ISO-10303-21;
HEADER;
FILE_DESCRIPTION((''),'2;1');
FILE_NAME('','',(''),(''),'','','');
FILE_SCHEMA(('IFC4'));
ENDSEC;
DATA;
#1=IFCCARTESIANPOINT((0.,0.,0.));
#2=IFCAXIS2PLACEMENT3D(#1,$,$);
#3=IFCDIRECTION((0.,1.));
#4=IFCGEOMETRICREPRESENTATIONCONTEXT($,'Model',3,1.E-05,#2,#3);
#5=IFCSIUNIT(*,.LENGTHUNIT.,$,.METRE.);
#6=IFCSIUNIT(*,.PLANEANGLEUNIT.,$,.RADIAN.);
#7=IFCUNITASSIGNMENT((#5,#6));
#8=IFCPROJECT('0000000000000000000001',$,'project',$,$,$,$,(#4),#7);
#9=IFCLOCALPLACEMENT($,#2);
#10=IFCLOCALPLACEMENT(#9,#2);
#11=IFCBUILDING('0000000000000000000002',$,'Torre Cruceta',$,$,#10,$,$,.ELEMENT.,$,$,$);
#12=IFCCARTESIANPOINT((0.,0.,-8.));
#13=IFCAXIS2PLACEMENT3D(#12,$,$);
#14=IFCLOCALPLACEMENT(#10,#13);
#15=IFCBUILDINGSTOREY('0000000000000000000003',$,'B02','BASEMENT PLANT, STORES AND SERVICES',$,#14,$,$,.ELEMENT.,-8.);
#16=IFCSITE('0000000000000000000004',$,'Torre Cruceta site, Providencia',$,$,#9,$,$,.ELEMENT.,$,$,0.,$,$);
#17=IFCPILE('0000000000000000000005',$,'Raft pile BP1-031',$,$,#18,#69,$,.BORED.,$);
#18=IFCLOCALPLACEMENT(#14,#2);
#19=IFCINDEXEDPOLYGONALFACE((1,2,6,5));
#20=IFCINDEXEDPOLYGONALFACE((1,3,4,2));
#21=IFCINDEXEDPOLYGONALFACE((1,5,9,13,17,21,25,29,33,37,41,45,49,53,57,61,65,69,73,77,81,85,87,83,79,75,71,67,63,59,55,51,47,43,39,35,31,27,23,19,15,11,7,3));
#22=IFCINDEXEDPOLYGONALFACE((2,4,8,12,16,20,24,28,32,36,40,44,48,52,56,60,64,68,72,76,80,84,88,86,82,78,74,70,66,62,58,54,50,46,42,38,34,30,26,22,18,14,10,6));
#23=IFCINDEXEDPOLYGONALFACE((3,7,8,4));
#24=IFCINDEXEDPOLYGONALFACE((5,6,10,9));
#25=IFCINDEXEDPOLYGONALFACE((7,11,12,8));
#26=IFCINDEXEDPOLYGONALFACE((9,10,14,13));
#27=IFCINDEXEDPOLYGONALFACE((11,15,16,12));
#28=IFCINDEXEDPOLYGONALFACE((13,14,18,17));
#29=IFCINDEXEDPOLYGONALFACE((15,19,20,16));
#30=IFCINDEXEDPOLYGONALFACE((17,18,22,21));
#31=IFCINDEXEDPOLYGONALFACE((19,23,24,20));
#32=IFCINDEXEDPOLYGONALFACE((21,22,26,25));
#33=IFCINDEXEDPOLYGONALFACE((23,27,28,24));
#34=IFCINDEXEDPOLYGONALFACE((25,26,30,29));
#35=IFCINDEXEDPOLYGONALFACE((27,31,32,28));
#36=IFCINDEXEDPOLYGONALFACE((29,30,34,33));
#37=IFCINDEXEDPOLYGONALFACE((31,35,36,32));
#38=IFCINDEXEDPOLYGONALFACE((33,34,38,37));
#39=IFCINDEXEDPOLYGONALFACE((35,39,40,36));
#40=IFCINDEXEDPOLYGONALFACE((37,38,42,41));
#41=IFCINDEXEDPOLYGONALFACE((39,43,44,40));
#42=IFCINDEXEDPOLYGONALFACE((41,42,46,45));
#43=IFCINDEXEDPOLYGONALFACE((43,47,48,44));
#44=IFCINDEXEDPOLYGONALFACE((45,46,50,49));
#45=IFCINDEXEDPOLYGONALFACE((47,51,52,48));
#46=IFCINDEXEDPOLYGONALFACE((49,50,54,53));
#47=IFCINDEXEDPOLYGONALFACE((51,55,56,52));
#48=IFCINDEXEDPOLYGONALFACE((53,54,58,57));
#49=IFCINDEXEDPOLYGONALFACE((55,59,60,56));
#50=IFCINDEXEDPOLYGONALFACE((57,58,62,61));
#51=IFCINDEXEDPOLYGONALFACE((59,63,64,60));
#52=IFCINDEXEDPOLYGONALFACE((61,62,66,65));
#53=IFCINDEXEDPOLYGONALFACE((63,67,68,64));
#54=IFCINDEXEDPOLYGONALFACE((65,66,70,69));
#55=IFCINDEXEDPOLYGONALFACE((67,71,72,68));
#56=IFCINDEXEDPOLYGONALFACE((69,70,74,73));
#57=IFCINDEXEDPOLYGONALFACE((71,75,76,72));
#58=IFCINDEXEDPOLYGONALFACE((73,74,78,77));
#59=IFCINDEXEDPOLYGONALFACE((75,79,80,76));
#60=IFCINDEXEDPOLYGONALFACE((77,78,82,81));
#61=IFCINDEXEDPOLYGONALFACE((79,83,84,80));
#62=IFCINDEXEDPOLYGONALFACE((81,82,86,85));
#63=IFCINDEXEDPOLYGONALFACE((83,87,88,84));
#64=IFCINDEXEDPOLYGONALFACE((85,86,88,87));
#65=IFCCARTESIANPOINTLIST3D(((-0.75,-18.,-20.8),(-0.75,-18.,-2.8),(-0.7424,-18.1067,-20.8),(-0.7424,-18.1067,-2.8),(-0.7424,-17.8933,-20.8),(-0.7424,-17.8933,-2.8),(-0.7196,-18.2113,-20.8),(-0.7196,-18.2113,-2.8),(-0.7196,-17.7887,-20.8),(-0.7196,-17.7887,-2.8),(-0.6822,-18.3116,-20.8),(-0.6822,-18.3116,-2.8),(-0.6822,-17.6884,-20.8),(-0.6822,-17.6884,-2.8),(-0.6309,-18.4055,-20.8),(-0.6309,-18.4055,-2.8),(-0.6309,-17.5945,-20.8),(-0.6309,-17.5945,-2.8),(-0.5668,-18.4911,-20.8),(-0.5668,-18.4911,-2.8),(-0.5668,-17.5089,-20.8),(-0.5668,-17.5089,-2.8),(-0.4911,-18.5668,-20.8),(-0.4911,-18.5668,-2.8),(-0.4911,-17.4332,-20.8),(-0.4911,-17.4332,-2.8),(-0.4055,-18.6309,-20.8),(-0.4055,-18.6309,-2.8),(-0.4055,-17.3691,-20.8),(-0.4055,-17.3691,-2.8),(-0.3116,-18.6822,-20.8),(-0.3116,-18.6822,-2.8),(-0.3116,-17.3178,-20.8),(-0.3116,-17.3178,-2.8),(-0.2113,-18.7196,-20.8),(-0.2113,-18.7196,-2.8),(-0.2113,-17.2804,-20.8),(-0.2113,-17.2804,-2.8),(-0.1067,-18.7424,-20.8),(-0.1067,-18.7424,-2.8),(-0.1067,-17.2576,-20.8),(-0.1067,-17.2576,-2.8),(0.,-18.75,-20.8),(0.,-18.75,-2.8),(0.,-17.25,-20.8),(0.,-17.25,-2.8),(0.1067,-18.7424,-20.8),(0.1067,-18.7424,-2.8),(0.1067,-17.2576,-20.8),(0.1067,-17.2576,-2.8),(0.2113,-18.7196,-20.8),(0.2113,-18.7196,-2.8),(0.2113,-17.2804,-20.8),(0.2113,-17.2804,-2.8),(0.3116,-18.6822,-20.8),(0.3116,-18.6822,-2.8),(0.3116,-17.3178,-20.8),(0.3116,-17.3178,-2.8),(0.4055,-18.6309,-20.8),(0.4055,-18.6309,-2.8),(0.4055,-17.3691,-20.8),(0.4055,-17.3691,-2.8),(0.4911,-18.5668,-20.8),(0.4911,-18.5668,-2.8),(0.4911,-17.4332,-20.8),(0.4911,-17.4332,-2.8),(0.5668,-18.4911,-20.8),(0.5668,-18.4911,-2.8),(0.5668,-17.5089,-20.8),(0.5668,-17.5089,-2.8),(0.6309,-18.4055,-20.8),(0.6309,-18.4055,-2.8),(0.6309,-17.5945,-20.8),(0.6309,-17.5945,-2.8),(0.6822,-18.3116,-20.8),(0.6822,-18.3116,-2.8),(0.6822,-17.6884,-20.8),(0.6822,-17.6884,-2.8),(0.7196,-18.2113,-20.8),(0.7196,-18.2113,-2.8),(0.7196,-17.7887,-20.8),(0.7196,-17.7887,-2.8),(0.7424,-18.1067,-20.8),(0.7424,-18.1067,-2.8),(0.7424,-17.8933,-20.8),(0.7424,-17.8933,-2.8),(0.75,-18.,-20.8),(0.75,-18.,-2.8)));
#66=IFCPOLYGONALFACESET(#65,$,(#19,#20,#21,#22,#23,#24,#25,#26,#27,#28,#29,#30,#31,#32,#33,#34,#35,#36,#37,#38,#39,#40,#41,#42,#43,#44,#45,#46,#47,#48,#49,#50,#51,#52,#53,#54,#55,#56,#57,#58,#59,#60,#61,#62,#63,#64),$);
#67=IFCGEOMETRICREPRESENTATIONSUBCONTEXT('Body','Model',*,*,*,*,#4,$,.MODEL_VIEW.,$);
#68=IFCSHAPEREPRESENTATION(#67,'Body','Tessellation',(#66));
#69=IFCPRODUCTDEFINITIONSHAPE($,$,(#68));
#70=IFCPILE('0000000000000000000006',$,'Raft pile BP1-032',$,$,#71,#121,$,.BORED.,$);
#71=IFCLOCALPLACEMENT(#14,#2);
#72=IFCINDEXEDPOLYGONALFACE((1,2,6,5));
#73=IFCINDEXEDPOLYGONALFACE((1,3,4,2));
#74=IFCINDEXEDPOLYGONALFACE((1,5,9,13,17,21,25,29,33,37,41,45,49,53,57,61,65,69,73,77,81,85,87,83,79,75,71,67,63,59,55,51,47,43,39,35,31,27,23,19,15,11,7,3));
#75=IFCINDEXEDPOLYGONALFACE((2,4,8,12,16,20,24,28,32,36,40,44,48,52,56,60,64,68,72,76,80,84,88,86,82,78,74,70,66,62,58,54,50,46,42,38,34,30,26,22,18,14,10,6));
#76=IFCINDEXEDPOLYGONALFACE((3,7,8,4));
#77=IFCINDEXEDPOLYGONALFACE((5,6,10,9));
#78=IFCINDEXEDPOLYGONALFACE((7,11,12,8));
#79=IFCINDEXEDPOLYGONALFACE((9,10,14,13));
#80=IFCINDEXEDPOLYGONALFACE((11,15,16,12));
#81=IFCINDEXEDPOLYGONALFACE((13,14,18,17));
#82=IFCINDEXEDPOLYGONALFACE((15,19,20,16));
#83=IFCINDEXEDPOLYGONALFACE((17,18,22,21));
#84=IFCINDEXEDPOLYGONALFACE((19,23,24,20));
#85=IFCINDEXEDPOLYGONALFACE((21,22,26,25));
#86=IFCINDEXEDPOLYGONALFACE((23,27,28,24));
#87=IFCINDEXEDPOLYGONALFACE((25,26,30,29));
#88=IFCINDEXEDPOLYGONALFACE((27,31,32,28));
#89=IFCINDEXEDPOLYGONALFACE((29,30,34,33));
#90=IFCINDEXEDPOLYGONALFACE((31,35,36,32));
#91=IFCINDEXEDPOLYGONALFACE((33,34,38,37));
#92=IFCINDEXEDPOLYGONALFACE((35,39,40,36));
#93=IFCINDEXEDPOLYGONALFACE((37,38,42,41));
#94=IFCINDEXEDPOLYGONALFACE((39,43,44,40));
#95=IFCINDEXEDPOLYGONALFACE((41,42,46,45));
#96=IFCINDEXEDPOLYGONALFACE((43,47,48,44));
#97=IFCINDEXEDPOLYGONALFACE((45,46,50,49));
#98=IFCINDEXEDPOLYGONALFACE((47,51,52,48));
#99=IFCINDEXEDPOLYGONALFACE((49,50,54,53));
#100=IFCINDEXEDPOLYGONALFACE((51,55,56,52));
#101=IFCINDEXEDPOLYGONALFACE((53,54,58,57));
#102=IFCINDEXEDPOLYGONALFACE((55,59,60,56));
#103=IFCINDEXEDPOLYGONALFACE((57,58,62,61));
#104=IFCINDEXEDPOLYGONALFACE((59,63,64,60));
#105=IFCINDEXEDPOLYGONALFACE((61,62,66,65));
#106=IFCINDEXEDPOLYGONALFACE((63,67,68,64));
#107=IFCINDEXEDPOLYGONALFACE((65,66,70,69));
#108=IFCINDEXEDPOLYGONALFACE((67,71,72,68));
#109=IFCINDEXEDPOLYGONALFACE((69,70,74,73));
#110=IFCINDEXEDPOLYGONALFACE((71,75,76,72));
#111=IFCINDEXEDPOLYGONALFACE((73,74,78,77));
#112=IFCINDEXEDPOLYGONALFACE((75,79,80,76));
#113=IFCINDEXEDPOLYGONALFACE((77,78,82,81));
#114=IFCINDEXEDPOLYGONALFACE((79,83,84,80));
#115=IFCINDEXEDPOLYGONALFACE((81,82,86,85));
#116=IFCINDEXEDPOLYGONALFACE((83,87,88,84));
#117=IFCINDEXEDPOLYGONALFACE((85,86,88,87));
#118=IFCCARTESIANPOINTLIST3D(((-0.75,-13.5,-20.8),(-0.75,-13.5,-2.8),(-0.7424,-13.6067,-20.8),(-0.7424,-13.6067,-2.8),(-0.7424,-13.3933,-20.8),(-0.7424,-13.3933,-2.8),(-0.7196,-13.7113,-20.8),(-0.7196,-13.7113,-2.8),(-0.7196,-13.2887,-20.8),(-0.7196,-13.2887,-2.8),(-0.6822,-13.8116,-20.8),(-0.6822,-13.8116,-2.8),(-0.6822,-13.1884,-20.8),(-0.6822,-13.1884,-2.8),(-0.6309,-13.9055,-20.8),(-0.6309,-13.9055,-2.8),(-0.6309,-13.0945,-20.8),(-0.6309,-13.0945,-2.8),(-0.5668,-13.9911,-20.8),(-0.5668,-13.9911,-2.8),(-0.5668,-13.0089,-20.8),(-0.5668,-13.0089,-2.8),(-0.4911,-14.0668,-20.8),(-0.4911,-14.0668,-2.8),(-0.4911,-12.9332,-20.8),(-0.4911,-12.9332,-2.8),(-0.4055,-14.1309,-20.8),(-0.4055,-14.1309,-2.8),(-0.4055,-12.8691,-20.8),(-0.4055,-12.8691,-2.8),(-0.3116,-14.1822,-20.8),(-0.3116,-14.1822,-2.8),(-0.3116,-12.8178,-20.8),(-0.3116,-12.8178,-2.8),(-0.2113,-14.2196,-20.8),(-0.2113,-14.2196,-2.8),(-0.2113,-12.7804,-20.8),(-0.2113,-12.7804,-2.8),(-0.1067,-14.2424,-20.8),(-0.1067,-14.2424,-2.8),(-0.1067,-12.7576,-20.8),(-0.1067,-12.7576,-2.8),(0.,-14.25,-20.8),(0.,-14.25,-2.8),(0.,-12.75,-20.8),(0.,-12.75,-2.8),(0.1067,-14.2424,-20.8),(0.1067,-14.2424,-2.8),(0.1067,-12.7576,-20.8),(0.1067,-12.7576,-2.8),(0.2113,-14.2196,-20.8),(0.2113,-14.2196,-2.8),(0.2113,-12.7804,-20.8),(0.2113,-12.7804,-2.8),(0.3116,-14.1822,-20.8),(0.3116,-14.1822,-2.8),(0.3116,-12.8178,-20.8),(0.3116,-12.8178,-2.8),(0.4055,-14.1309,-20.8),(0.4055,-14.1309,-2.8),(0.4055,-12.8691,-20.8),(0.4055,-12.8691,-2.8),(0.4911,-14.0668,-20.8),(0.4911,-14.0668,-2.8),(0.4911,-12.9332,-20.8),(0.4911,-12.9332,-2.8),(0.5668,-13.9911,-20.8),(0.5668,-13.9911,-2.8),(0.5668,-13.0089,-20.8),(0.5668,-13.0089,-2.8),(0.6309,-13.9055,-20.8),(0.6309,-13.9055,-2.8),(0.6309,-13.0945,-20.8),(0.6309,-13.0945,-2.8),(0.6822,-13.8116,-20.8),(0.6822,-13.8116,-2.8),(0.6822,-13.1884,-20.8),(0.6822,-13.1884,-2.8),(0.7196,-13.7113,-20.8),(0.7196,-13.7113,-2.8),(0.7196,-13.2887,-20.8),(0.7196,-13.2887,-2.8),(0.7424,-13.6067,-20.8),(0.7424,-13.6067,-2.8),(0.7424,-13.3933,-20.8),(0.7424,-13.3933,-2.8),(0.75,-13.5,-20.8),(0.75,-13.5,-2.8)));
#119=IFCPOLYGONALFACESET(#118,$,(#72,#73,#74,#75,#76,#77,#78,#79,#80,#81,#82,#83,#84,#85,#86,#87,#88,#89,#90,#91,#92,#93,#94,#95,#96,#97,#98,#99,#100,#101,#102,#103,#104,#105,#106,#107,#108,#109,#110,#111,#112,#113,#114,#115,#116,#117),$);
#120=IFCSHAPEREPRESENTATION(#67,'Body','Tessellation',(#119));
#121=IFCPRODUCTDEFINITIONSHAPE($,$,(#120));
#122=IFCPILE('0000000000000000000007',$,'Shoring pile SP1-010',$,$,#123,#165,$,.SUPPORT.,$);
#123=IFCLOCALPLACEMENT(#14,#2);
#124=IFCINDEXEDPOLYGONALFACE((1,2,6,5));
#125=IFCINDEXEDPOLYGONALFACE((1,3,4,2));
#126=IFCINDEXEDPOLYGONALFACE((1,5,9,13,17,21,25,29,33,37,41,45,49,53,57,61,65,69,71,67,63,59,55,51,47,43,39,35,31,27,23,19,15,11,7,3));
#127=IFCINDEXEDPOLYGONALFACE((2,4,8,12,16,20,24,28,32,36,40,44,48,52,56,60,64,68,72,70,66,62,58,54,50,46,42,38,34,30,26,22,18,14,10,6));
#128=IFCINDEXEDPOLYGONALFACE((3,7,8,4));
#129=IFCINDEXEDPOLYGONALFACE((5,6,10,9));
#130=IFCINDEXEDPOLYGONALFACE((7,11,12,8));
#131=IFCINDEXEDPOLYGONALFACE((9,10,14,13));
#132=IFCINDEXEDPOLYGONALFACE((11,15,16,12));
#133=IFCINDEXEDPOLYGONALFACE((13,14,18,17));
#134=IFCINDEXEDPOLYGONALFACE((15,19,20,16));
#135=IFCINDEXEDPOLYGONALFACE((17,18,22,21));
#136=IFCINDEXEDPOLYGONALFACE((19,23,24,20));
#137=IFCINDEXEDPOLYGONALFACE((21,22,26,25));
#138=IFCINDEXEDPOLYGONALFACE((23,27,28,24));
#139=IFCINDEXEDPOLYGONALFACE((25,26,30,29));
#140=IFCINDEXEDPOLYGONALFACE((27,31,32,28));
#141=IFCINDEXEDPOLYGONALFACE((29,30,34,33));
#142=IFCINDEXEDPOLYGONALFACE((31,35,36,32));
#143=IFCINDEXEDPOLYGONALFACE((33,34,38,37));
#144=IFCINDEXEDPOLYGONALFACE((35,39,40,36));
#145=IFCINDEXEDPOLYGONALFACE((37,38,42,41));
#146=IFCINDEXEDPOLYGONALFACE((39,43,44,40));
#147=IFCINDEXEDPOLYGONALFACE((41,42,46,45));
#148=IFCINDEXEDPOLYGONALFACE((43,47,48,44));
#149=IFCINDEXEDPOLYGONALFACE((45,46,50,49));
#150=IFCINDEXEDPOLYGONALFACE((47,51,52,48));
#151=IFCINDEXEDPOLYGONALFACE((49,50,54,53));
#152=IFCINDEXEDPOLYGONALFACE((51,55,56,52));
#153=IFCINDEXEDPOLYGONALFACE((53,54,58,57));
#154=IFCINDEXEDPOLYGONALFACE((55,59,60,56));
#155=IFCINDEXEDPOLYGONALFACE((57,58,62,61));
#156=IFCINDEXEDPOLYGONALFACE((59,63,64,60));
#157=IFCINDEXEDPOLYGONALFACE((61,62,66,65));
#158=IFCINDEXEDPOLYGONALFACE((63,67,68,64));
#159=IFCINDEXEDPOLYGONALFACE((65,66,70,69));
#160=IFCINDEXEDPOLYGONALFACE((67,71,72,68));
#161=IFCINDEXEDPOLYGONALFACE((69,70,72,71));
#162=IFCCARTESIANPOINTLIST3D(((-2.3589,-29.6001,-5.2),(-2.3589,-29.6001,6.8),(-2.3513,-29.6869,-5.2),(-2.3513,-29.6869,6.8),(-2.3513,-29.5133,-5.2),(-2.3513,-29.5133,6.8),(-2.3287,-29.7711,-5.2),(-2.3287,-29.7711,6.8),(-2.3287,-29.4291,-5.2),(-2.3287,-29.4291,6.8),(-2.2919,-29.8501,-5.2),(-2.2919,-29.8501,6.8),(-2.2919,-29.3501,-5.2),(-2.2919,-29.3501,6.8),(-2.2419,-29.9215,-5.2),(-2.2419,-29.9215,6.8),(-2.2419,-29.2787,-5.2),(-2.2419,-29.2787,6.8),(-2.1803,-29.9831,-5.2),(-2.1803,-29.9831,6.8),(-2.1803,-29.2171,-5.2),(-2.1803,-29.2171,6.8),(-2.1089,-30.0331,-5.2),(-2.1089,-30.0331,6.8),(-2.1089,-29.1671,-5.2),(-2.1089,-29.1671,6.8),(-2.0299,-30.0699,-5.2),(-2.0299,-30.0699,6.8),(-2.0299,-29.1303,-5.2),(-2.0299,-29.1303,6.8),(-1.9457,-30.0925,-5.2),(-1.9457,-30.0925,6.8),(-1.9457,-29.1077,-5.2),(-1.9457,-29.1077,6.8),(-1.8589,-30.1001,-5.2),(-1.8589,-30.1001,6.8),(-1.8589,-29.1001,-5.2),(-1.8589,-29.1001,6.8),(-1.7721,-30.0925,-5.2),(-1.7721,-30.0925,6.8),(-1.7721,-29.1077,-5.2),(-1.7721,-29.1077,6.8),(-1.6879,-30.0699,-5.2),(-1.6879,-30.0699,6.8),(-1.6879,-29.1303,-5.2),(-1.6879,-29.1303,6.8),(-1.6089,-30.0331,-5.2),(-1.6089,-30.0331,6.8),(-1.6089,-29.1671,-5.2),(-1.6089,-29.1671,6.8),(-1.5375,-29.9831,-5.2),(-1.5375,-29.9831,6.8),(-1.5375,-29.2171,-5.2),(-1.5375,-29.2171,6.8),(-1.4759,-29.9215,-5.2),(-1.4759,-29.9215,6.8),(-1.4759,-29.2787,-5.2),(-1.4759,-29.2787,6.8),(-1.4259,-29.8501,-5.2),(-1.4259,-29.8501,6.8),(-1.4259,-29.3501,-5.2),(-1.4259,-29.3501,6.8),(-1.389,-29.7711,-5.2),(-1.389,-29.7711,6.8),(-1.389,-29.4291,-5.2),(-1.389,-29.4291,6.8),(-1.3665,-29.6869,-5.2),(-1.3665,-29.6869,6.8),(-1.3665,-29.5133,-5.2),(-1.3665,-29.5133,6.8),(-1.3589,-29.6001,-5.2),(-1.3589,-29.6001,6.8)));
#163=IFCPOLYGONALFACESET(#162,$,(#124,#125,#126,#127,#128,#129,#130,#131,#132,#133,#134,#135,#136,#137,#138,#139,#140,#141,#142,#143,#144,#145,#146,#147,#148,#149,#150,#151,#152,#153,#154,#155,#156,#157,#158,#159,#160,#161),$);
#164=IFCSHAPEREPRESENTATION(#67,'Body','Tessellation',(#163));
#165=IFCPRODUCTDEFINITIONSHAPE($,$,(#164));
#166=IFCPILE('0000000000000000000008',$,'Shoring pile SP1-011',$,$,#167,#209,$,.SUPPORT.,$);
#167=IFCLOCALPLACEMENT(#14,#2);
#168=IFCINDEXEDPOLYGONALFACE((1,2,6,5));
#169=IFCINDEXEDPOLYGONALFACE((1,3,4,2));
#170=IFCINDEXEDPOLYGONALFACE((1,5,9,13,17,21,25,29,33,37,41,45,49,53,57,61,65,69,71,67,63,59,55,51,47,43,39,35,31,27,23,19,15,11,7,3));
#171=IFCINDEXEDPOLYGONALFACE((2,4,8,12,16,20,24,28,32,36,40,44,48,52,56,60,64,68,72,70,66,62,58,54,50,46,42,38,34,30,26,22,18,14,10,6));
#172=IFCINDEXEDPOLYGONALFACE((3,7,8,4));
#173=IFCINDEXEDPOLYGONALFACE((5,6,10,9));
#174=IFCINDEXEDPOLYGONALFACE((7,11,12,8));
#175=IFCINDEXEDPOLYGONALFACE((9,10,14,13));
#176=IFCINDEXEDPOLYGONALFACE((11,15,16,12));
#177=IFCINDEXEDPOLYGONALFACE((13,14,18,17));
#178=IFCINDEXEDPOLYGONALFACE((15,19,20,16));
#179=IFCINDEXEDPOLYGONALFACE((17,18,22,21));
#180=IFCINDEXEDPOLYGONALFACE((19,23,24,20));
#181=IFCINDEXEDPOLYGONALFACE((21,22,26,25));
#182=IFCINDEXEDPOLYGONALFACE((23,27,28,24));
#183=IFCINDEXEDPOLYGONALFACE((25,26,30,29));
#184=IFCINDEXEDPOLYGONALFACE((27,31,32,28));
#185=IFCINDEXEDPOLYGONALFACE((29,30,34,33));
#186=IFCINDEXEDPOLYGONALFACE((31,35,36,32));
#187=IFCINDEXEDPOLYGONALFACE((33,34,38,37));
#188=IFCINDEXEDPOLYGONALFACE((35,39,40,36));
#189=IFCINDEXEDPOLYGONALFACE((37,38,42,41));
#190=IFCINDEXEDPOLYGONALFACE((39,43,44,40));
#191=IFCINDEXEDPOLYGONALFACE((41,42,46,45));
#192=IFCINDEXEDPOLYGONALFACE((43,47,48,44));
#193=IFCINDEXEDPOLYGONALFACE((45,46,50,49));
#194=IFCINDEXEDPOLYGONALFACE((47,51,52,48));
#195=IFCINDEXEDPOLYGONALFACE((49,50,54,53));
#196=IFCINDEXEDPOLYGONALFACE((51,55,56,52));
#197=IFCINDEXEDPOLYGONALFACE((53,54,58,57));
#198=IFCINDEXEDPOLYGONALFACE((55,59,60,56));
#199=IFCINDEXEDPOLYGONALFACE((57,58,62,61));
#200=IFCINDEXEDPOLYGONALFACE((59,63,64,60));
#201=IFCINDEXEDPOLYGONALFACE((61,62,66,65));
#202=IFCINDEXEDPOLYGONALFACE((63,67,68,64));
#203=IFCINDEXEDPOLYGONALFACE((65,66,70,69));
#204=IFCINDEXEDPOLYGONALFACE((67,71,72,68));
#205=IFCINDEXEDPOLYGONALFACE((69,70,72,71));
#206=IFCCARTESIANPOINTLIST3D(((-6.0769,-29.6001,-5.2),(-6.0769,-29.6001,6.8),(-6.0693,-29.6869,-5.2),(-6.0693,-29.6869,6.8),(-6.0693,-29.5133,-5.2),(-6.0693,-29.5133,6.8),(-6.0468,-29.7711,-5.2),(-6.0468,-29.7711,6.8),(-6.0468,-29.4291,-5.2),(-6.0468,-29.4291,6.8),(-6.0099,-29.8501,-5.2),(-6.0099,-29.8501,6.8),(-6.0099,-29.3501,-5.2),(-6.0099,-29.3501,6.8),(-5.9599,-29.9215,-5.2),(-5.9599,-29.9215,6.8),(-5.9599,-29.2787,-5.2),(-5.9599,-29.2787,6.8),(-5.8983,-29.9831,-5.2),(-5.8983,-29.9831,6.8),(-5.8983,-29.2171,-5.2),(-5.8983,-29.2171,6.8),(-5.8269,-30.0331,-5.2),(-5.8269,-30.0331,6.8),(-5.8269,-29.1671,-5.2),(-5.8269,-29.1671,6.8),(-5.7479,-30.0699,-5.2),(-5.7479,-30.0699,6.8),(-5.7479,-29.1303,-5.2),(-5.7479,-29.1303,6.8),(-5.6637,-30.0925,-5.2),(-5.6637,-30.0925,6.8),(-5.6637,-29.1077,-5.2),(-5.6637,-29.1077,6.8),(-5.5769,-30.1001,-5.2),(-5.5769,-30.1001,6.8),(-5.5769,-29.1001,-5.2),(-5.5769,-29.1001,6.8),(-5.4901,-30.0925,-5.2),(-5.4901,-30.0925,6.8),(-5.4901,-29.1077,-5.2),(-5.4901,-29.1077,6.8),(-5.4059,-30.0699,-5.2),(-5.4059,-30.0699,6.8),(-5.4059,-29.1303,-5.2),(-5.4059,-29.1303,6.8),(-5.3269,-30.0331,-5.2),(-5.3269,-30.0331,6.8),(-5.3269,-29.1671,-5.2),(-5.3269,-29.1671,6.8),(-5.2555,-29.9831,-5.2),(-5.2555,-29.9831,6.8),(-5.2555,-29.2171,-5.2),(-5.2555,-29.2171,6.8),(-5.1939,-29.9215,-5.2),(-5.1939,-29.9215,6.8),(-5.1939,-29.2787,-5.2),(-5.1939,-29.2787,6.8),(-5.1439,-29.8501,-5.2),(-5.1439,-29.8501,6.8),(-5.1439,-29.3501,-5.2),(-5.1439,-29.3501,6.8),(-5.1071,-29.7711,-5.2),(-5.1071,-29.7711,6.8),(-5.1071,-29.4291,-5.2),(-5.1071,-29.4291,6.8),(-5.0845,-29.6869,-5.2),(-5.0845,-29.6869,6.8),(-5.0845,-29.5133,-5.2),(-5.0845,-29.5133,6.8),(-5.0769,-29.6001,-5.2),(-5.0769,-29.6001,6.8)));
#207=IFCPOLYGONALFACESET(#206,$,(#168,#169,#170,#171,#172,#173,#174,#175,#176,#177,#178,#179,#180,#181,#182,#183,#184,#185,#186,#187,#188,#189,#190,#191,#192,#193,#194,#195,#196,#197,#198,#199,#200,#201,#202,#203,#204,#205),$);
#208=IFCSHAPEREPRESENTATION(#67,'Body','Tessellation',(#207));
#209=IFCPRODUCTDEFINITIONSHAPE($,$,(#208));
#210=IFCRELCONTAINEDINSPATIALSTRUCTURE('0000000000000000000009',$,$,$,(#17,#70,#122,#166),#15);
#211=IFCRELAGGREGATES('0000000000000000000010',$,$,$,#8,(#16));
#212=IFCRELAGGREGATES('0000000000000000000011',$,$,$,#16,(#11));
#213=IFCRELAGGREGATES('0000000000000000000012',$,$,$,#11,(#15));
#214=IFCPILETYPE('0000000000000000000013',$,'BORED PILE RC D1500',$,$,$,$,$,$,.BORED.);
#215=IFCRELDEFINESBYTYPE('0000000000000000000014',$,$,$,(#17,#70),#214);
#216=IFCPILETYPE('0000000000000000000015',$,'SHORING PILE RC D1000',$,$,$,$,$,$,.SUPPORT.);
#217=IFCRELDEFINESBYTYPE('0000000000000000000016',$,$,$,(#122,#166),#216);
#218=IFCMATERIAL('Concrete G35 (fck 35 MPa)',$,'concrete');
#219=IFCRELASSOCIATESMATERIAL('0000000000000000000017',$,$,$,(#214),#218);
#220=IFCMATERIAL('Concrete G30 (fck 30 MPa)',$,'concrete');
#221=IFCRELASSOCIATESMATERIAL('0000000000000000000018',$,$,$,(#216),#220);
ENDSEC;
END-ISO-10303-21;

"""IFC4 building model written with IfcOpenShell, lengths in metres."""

from ifc_helpers import new_model, si_unit, direction, frame, origin, origin_2d, place, context, subcontext, project, spatial, circle, extrude, material, material_profile, profile_set, type_object, element, save


model = new_model("IFC4")

# Units and contexts
model_context = context("Model", 3, precision=1e-05, world=origin(), true_north=direction((0.0, 1.0)))
body_context = subcontext(model_context, "Body", "Model", "MODEL_VIEW")
ifc_project = project(units=[si_unit("LENGTHUNIT", "METRE"), si_unit("PLANEANGLEUNIT", "RADIAN")], contexts=[model_context])

# Site, building, storey
site_placement = place(None, origin())
site = spatial("IfcSite", under=ifc_project, at=site_placement, Name="Torre Cruceta site, Providencia", CompositionType="ELEMENT", RefElevation=0.0)
building_placement = place(site_placement, origin())
building = spatial("IfcBuilding", under=site, at=building_placement, Name="Torre Cruceta", CompositionType="ELEMENT")
storey_placement = place(building_placement, frame((0.0, 0.0, -8.0)))
storey = spatial("IfcBuildingStorey", under=building, at=storey_placement, Name="B02", Description="BASEMENT PLANT, STORES AND SERVICES", CompositionType="ELEMENT", Elevation=-8.0)

# Piles
ifc_material_1 = material(Name="Concrete G35 (fck 35 MPa)", Category="concrete")
ifc_material_profile_1 = material_profile(ifc_material_1, circle(Radius=0.75, at=origin_2d()), Name="RC D1500")
ifc_profile_set_1 = profile_set([ifc_material_profile_1], Name="Concrete G35 (fck 35 MPa)")
pile_type_1 = type_object("IfcPileType", Name="BORED PILE RC D1500", PredefinedType="BORED", material=ifc_profile_set_1)
for number, where, z_axis, x_axis, name in (
    (1, (0.0, -18.0, -2.8), (0.0, 0.0, -1.0), (1.0, 0.0, 0.0), "Raft pile BP1-031"),
    (2, (0.0, -13.5, -2.8), (0.0, 0.0, -1.0), (1.0, 0.0, 0.0), "Raft pile BP1-032"),
):
    element("IfcPile", number, at=place(storey_placement, frame(where, z_axis=z_axis, x_axis=x_axis)), inside=storey, type_object=pile_type_1, Name=name, PredefinedType="BORED", context=body_context, shape_type="SweptSolid", body=[
        extrude(circle(Radius=0.75, at=origin_2d()), origin(), (0.0, 0.0, 1.0), 18.0),
    ])
ifc_material_2 = material(Name="Concrete G30 (fck 30 MPa)", Category="concrete")
ifc_material_profile_2 = material_profile(ifc_material_2, circle(Radius=0.5, at=origin_2d()), Name="RC D1000")
ifc_profile_set_2 = profile_set([ifc_material_profile_2], Name="Concrete G30 (fck 30 MPa)")
pile_type_2 = type_object("IfcPileType", Name="SHORING PILE RC D1000", PredefinedType="SUPPORT", material=ifc_profile_set_2)
for number, where, z_axis, x_axis, name in (
    (3, (-1.8589, -29.6001, 6.8), (0.0, 0.0, -1.0), (1.0, 0.0, 0.0), "Shoring pile SP1-010"),
    (4, (-5.5769, -29.6001, 6.8), (0.0, 0.0, -1.0), (1.0, 0.0, 0.0), "Shoring pile SP1-011"),
):
    element("IfcPile", number, at=place(storey_placement, frame(where, z_axis=z_axis, x_axis=x_axis)), inside=storey, type_object=pile_type_2, Name=name, PredefinedType="SUPPORT", context=body_context, shape_type="SweptSolid", body=[
        extrude(circle(Radius=0.5, at=origin_2d()), origin(), (0.0, 0.0, 1.0), 12.0),
    ])

save(model, "model.ifc")
